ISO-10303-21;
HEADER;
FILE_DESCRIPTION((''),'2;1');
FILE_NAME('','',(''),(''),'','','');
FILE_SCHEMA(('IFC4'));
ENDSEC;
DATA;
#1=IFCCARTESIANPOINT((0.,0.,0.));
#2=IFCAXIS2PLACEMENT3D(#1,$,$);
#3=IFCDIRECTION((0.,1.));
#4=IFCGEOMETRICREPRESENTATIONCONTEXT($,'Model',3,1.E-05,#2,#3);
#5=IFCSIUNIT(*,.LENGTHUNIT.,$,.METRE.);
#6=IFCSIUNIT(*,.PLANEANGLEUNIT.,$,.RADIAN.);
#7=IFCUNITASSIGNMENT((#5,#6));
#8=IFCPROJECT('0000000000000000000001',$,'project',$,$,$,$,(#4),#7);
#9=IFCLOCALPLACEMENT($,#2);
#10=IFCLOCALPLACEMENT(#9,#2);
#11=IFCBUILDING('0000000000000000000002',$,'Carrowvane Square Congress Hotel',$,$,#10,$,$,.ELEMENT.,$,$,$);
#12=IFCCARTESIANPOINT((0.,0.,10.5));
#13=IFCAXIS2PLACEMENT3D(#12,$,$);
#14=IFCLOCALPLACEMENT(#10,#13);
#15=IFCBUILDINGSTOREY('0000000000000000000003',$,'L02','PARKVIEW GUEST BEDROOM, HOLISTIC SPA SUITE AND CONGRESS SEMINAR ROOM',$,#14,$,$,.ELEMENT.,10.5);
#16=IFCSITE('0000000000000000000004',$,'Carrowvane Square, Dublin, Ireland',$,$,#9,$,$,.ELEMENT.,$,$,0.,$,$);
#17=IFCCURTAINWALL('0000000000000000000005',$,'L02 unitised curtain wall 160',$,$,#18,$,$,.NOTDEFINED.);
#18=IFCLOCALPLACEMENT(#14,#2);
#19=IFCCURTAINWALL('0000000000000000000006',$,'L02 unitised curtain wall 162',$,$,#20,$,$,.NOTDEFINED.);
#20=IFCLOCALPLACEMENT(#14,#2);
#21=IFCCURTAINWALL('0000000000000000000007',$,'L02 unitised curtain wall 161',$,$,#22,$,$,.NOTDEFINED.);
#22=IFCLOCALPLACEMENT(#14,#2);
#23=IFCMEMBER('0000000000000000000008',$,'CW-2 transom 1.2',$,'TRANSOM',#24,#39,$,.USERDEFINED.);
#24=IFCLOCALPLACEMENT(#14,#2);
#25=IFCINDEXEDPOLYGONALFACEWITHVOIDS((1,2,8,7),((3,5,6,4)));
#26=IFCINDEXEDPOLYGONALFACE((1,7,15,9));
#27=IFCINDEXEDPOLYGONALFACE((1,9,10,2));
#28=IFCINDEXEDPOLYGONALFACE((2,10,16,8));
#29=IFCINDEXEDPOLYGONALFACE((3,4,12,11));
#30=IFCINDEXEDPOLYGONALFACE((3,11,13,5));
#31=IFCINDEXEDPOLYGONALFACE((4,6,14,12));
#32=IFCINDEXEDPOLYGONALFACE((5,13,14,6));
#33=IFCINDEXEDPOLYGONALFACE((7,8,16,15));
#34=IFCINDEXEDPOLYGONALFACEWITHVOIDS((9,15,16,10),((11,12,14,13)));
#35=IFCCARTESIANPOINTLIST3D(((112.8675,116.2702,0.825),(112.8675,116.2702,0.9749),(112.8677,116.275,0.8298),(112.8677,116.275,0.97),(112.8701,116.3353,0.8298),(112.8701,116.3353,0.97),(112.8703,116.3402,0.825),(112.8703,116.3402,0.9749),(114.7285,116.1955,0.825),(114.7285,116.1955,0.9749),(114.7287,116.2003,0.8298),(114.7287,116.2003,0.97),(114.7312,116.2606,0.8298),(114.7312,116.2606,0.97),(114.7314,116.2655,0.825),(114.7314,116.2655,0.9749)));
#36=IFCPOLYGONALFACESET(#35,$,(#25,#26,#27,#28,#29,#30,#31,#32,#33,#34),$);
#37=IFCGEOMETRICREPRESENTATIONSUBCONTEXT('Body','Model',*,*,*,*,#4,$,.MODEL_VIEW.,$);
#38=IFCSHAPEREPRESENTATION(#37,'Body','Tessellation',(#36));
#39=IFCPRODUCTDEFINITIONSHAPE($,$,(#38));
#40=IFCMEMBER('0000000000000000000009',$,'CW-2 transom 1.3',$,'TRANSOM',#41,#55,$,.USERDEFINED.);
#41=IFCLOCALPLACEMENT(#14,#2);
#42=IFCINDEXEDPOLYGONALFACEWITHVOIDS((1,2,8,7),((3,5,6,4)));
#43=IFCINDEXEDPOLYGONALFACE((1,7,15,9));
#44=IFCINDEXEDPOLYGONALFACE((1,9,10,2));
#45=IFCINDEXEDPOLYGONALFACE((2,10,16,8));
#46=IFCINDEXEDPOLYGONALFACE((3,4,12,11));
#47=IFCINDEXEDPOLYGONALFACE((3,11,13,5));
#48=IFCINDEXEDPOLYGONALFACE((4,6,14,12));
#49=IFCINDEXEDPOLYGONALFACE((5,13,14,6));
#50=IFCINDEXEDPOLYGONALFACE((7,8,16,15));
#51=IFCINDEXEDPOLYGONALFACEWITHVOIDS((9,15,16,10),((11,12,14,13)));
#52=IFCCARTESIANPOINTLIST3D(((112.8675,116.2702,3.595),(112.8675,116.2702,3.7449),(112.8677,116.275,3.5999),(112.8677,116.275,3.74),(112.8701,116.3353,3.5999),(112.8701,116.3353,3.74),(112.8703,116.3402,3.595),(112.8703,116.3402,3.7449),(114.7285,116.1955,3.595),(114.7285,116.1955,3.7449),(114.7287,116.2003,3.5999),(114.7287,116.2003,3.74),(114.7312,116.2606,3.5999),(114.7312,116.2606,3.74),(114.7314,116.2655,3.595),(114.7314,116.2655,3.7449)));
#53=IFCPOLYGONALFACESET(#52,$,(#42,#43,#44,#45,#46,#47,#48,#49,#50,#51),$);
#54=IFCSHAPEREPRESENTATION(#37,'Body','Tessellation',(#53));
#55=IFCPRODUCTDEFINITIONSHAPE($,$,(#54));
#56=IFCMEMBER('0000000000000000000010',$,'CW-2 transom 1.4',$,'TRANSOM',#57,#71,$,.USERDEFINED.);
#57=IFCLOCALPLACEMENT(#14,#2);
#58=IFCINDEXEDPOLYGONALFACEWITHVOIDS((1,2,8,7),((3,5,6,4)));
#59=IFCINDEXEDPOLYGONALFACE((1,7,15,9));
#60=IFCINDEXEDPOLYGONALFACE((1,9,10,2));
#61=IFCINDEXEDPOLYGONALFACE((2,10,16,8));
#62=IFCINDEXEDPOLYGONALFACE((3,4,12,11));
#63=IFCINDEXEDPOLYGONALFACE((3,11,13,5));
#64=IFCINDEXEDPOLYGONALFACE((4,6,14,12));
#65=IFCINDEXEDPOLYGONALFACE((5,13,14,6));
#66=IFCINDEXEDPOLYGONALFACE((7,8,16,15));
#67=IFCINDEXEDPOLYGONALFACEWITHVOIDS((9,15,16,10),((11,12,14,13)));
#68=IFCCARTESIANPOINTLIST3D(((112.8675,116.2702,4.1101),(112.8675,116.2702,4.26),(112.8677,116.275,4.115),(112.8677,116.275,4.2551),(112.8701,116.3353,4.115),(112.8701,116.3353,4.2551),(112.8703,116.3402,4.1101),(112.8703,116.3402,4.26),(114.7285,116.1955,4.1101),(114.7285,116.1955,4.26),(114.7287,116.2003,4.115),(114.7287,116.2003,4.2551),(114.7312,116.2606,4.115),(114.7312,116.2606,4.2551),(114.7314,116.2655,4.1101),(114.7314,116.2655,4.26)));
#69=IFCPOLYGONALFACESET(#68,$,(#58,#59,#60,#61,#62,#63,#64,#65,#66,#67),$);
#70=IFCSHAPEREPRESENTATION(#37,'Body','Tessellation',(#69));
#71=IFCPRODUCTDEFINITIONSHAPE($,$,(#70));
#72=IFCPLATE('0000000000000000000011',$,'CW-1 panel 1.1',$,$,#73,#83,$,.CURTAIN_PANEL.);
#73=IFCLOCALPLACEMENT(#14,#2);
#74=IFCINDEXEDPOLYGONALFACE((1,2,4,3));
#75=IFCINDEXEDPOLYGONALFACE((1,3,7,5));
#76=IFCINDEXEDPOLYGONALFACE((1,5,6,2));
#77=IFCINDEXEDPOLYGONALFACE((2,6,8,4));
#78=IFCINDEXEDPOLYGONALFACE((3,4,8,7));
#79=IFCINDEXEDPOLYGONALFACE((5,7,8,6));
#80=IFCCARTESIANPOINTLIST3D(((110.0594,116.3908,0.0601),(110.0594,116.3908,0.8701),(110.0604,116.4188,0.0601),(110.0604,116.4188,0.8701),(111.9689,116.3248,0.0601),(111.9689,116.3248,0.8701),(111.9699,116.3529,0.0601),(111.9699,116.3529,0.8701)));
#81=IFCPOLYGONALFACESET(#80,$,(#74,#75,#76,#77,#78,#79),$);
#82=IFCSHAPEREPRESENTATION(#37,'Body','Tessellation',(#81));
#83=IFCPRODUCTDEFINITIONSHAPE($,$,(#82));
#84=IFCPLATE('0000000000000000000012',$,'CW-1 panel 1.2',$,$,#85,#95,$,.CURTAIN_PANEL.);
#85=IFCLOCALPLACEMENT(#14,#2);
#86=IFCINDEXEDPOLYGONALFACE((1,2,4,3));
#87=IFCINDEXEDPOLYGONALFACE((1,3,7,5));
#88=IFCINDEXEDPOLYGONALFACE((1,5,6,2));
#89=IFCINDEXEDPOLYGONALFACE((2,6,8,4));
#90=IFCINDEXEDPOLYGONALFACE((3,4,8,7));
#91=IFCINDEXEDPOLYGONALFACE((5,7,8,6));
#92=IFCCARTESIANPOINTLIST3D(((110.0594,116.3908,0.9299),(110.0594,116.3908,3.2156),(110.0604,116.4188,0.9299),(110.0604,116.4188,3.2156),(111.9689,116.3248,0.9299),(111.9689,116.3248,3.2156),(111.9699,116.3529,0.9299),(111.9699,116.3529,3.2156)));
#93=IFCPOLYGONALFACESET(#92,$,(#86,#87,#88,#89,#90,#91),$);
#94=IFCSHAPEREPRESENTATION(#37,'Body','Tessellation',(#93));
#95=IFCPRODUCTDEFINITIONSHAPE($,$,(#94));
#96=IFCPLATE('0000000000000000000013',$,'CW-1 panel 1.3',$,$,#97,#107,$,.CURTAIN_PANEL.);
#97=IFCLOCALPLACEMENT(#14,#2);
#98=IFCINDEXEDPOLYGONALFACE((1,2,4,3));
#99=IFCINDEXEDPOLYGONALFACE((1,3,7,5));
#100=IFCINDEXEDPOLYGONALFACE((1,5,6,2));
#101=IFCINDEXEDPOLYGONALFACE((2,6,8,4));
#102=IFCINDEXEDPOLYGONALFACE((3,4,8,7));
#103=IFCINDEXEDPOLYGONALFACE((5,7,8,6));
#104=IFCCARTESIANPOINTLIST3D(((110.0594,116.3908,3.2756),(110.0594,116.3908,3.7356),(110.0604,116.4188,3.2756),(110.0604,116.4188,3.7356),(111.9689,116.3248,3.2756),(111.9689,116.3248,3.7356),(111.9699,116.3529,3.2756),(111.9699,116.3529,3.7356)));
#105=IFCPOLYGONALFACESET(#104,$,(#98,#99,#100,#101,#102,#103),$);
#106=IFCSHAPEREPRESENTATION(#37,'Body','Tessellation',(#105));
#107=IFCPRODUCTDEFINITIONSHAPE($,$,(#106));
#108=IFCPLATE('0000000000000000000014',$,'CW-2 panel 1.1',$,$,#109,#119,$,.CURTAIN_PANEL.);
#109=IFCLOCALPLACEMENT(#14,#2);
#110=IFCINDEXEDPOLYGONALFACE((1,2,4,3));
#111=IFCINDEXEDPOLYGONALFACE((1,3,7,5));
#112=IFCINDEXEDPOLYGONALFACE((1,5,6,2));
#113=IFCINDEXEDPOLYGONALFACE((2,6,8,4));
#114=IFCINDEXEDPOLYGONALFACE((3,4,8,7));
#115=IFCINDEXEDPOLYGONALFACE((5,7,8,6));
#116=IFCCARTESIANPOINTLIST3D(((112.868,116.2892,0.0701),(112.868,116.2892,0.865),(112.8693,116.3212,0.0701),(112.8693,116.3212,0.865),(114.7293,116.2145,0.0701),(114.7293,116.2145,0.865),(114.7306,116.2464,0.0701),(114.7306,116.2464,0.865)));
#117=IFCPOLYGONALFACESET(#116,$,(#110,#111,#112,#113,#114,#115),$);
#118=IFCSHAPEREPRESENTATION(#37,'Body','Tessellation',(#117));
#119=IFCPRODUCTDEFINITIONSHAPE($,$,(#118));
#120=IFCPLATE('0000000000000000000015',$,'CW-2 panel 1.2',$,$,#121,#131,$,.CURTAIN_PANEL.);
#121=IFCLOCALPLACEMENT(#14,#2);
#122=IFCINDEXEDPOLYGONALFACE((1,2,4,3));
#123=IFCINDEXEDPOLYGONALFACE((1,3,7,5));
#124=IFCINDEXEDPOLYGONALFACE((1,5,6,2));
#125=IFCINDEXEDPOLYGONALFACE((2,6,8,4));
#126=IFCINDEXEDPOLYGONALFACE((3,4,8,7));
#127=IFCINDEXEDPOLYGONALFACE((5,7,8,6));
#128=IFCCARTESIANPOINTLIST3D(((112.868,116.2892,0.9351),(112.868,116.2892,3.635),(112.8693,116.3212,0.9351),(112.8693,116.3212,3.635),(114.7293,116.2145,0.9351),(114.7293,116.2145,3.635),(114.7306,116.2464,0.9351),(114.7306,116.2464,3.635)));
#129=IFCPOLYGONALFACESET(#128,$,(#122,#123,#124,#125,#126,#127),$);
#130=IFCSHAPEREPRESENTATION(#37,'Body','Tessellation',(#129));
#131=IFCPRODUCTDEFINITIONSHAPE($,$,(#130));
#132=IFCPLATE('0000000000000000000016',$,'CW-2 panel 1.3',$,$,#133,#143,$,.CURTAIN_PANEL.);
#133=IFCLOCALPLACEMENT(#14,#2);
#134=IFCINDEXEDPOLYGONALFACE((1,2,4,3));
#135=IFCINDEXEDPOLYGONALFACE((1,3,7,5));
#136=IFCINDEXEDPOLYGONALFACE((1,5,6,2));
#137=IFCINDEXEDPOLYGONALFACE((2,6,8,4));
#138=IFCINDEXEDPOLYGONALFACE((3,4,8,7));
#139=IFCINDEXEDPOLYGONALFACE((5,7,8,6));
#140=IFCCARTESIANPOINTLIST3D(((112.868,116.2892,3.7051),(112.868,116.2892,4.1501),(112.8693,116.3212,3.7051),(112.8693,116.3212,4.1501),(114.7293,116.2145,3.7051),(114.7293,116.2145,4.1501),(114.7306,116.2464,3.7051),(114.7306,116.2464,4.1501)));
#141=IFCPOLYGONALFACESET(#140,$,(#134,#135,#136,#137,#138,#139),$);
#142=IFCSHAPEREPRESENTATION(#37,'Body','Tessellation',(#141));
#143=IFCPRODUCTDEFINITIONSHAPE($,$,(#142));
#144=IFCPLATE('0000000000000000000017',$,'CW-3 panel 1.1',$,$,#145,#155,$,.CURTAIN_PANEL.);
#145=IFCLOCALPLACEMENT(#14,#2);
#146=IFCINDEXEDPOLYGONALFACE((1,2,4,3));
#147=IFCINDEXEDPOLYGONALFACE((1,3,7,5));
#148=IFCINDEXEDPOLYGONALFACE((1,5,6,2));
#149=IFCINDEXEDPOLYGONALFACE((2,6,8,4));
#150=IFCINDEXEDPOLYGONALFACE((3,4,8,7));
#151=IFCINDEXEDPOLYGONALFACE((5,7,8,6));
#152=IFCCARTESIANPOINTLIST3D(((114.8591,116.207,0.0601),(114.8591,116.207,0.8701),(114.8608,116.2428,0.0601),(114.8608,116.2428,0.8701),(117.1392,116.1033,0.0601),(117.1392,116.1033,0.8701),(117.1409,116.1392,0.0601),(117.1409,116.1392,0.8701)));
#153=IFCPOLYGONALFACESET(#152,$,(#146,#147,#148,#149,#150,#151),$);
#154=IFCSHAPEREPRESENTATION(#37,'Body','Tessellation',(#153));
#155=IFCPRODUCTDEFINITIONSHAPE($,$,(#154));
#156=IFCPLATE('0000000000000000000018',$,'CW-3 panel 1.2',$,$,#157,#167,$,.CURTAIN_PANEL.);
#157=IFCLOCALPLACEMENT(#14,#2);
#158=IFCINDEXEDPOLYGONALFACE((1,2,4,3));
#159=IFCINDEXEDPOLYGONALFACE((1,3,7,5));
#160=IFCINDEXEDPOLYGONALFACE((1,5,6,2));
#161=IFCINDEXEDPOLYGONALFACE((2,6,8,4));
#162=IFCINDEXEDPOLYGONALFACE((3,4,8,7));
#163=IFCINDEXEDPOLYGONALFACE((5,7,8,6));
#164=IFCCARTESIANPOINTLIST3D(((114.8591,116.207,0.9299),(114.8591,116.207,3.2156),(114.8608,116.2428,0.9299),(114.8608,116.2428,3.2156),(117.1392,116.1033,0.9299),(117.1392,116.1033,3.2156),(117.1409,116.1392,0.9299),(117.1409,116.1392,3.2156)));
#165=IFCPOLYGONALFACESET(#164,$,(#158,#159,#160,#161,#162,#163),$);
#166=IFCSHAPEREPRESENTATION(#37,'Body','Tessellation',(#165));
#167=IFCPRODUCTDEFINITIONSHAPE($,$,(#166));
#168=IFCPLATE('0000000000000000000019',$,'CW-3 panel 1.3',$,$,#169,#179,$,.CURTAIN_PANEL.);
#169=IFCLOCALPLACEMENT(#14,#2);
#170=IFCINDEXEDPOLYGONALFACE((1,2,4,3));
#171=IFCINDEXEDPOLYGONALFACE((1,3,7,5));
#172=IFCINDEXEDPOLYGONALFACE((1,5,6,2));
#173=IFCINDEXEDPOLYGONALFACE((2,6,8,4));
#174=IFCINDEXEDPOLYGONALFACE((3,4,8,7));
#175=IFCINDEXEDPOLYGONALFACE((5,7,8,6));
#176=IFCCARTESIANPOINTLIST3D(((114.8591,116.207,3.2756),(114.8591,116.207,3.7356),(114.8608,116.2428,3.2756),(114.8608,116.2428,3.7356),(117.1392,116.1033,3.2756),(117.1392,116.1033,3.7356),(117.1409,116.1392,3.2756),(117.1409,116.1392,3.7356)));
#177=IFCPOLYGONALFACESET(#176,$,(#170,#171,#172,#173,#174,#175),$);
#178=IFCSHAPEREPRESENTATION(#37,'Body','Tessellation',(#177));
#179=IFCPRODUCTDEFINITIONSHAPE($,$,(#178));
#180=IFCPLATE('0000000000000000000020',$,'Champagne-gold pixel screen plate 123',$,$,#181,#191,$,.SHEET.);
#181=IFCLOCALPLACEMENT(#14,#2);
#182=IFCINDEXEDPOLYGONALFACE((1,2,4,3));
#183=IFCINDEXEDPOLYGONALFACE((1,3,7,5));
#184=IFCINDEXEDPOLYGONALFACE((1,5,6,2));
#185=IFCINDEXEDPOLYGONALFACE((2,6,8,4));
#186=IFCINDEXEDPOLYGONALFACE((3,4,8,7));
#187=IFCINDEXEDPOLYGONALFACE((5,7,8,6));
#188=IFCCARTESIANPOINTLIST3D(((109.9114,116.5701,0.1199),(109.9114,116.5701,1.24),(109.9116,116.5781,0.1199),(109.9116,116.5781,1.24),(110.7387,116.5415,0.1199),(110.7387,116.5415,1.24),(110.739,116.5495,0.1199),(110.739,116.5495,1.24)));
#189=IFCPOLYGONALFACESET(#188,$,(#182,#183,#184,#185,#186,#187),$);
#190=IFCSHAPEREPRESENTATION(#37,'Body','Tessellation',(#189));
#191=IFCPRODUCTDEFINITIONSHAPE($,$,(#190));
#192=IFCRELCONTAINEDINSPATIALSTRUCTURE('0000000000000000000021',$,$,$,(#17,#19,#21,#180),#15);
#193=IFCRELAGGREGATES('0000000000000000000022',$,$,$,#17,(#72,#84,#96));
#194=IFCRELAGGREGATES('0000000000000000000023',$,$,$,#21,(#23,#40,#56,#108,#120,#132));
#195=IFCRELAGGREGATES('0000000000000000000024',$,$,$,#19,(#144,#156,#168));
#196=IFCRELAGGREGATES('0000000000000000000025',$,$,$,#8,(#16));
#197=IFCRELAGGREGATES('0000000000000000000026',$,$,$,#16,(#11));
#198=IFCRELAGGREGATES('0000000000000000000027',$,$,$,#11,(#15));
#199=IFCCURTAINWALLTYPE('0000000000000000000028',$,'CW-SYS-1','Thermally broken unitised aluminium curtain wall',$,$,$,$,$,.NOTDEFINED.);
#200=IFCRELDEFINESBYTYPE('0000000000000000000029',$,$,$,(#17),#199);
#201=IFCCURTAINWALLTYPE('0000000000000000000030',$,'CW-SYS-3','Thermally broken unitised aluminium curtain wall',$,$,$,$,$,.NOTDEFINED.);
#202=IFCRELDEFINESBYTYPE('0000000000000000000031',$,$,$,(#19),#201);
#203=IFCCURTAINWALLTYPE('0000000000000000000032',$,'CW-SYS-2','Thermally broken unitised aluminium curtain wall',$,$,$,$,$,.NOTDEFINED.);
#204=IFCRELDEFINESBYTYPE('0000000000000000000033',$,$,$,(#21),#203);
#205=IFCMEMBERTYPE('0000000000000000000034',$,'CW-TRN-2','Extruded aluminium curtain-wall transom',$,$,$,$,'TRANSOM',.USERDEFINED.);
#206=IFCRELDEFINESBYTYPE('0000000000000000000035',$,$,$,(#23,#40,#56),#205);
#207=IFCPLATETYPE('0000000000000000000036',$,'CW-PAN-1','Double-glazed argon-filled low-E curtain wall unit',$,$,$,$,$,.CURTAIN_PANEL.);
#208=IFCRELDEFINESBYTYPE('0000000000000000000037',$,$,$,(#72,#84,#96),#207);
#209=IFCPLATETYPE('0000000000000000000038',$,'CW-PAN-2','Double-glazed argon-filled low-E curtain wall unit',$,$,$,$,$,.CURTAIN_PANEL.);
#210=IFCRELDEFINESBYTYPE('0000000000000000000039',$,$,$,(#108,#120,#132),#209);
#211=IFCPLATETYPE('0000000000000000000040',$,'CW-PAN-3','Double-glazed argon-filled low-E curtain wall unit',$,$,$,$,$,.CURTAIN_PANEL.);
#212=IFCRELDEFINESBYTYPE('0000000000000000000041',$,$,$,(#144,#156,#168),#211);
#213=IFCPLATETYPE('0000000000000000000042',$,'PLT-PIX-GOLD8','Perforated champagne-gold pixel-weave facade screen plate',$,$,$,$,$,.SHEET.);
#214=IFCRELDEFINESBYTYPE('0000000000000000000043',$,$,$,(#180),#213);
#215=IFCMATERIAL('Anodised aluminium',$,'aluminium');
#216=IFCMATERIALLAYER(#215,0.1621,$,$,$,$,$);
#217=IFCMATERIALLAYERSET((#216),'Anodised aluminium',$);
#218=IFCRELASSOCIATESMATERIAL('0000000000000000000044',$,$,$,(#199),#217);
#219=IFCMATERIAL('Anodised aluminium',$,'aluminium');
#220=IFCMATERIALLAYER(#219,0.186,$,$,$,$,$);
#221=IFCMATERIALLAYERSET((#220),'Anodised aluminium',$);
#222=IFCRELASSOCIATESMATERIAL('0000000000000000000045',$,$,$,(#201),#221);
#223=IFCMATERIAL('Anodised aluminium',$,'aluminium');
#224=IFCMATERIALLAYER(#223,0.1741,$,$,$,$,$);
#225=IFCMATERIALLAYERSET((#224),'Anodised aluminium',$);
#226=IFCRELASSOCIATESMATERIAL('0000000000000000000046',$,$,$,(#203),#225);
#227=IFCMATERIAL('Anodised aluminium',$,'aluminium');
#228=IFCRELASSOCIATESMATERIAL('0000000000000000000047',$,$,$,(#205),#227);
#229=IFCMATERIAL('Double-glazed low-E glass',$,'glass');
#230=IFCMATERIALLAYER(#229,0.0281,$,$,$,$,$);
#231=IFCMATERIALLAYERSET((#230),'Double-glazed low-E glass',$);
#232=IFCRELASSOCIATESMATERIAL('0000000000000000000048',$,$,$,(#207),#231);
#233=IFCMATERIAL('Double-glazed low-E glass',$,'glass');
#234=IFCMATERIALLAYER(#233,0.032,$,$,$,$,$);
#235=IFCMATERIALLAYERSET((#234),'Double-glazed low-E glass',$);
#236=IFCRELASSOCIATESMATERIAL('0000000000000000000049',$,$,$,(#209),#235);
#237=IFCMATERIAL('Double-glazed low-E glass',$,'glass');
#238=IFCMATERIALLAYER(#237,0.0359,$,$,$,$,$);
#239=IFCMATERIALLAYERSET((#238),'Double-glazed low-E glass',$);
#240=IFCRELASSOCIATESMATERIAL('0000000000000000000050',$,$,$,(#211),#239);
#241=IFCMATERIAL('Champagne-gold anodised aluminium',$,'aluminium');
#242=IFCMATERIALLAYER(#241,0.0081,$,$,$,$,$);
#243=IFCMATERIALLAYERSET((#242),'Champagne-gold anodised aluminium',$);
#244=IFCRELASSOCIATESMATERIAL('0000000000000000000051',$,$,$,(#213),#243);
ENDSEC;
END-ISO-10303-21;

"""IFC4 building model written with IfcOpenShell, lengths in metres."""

from ifc_helpers import new_model, si_unit, direction, frame, origin, origin_2d, place, context, subcontext, project, spatial, rectangle, hollow_rectangle, extrude, material, layer, layer_set, material_profile, profile_set, type_object, element, aggregate, save


model = new_model("IFC4")

# Units and contexts
model_context = context("Model", 3, precision=1e-05, world=origin(), true_north=direction((0.0, 1.0)))
body_context = subcontext(model_context, "Body", "Model", "MODEL_VIEW")
ifc_project = project(units=[si_unit("LENGTHUNIT", "METRE"), si_unit("PLANEANGLEUNIT", "RADIAN")], contexts=[model_context])

# Site, building, storey
site_placement = place(None, origin())
site = spatial("IfcSite", under=ifc_project, at=site_placement, Name="Carrowvane Square, Dublin, Ireland", CompositionType="ELEMENT", RefElevation=0.0)
building_placement = place(site_placement, origin())
building = spatial("IfcBuilding", under=site, at=building_placement, Name="Carrowvane Square Congress Hotel", CompositionType="ELEMENT")
storey_placement = place(building_placement, frame((0.0, 0.0, 10.5)))
storey = spatial("IfcBuildingStorey", under=building, at=storey_placement, Name="L02", Description="PARKVIEW GUEST BEDROOM, HOLISTIC SPA SUITE AND CONGRESS SEMINAR ROOM", CompositionType="ELEMENT", Elevation=10.5)

# Curtain walls
ifc_material_1 = material(Name="Anodised aluminium", Category="aluminium")
ifc_layer_1 = layer(ifc_material_1, 0.1621)
ifc_layer_set_1 = layer_set([ifc_layer_1], Name="Anodised aluminium")
curtain_wall_type_1 = type_object("IfcCurtainWallType", Name="CW-SYS-1", Description="Thermally broken unitised aluminium curtain wall", PredefinedType="NOTDEFINED", material=ifc_layer_set_1)
curtain_wall_1_placement = place(storey_placement, origin())
curtain_wall_1 = element("IfcCurtainWall", 1, at=curtain_wall_1_placement, inside=storey, type_object=curtain_wall_type_1, Name="L02 unitised curtain wall 160", PredefinedType="NOTDEFINED")
ifc_material_2 = material(Name="Anodised aluminium", Category="aluminium")
ifc_layer_2 = layer(ifc_material_2, 0.186)
ifc_layer_set_2 = layer_set([ifc_layer_2], Name="Anodised aluminium")
curtain_wall_type_2 = type_object("IfcCurtainWallType", Name="CW-SYS-3", Description="Thermally broken unitised aluminium curtain wall", PredefinedType="NOTDEFINED", material=ifc_layer_set_2)
curtain_wall_2_placement = place(storey_placement, origin())
curtain_wall_2 = element("IfcCurtainWall", 2, at=curtain_wall_2_placement, inside=storey, type_object=curtain_wall_type_2, Name="L02 unitised curtain wall 162", PredefinedType="NOTDEFINED")

# Curtain wall
ifc_material_3 = material(Name="Anodised aluminium", Category="aluminium")
ifc_layer_3 = layer(ifc_material_3, 0.1741)
ifc_layer_set_3 = layer_set([ifc_layer_3], Name="Anodised aluminium")
curtain_wall_type_3 = type_object("IfcCurtainWallType", Name="CW-SYS-2", Description="Thermally broken unitised aluminium curtain wall", PredefinedType="NOTDEFINED", material=ifc_layer_set_3)
curtain_wall_3_placement = place(storey_placement, origin())
curtain_wall_3 = element("IfcCurtainWall", 3, at=curtain_wall_3_placement, inside=storey, type_object=curtain_wall_type_3, Name="L02 unitised curtain wall 161", PredefinedType="NOTDEFINED")

# Members
ifc_material_4 = material(Name="Anodised aluminium", Category="aluminium")
ifc_material_profile_1 = material_profile(ifc_material_4, hollow_rectangle(XDim=0.0701, YDim=0.1499, WallThickness=0.0049, at=origin_2d()), Name="CW-TR 70x150x5")
ifc_profile_set_1 = profile_set([ifc_material_profile_1], Name="Anodised aluminium")
member_type_1 = type_object("IfcMemberType", Name="CW-TRN-2", Description="Extruded aluminium curtain-wall transom", ElementType="TRANSOM", PredefinedType="USERDEFINED", material=ifc_profile_set_1)
member_1_placement = place(storey_placement, frame((112.8689, 116.3052, 0.8999), z_axis=(0.999195, -0.040109, 0.0), x_axis=(0.040109, 0.999195, 0.0)))
member_1 = element("IfcMember", 4, at=member_1_placement, type_object=member_type_1, Name="CW-2 transom 1.2", ObjectType="TRANSOM", PredefinedType="USERDEFINED", context=body_context, shape_type="SweptSolid", body=[
    extrude(hollow_rectangle(XDim=0.0701, YDim=0.1499, WallThickness=0.0049, at=origin_2d()), origin(), (0.0, 0.0, 1.0), 1.8625),
])
member_2_placement = place(storey_placement, frame((112.8689, 116.3052, 3.6699), z_axis=(0.999195, -0.040109, 0.0), x_axis=(0.040109, 0.999195, 0.0)))
member_2 = element("IfcMember", 5, at=member_2_placement, type_object=member_type_1, Name="CW-2 transom 1.3", ObjectType="TRANSOM", PredefinedType="USERDEFINED", context=body_context, shape_type="SweptSolid", body=[
    extrude(hollow_rectangle(XDim=0.0701, YDim=0.1499, WallThickness=0.0049, at=origin_2d()), origin(), (0.0, 0.0, 1.0), 1.8625),
])
member_3_placement = place(storey_placement, frame((112.8689, 116.3052, 4.1851), z_axis=(0.999195, -0.040109, 0.0), x_axis=(0.040109, 0.999195, 0.0)))
member_3 = element("IfcMember", 6, at=member_3_placement, type_object=member_type_1, Name="CW-2 transom 1.4", ObjectType="TRANSOM", PredefinedType="USERDEFINED", context=body_context, shape_type="SweptSolid", body=[
    extrude(hollow_rectangle(XDim=0.0701, YDim=0.1499, WallThickness=0.0049, at=origin_2d()), origin(), (0.0, 0.0, 1.0), 1.8625),
])

# Plates
ifc_material_5 = material(Name="Double-glazed low-E glass", Category="glass")
ifc_layer_4 = layer(ifc_material_5, 0.0281)
ifc_layer_set_4 = layer_set([ifc_layer_4], Name="Double-glazed low-E glass")
plate_type_1 = type_object("IfcPlateType", Name="CW-PAN-1", Description="Double-glazed argon-filled low-E curtain wall unit", PredefinedType="CURTAIN_PANEL", material=ifc_layer_set_4)
plate_1_placement = place(storey_placement, frame((111.0146, 116.3718, 0.0601), z_axis=(0.0, 0.0, 1.0), x_axis=(0.999404, -0.03453, 0.0)))
plate_1 = element("IfcPlate", 7, at=plate_1_placement, type_object=plate_type_1, Name="CW-1 panel 1.1", PredefinedType="CURTAIN_PANEL", context=body_context, shape_type="SweptSolid", body=[
    extrude(rectangle(XDim=1.9106, YDim=0.0281, at=origin_2d()), origin(), (0.0, 0.0, 1.0), 0.8101),
])
plate_2_placement = place(storey_placement, frame((111.0146, 116.3718, 0.9299), z_axis=(0.0, 0.0, 1.0), x_axis=(0.999404, -0.03453, 0.0)))
plate_2 = element("IfcPlate", 8, at=plate_2_placement, type_object=plate_type_1, Name="CW-1 panel 1.2", PredefinedType="CURTAIN_PANEL", context=body_context, shape_type="SweptSolid", body=[
    extrude(rectangle(XDim=1.9106, YDim=0.0281, at=origin_2d()), origin(), (0.0, 0.0, 1.0), 2.2856),
])
plate_3_placement = place(storey_placement, frame((111.0146, 116.3718, 3.2756), z_axis=(0.0, 0.0, 1.0), x_axis=(0.999404, -0.03453, 0.0)))
plate_3 = element("IfcPlate", 9, at=plate_3_placement, type_object=plate_type_1, Name="CW-1 panel 1.3", PredefinedType="CURTAIN_PANEL", context=body_context, shape_type="SweptSolid", body=[
    extrude(rectangle(XDim=1.9106, YDim=0.0281, at=origin_2d()), origin(), (0.0, 0.0, 1.0), 0.46),
])
aggregate(curtain_wall_1, [plate_1, plate_2, plate_3])
ifc_material_6 = material(Name="Double-glazed low-E glass", Category="glass")
ifc_layer_5 = layer(ifc_material_6, 0.032)
ifc_layer_set_5 = layer_set([ifc_layer_5], Name="Double-glazed low-E glass")
plate_type_2 = type_object("IfcPlateType", Name="CW-PAN-2", Description="Double-glazed argon-filled low-E curtain wall unit", PredefinedType="CURTAIN_PANEL", material=ifc_layer_set_5)
plate_4_placement = place(storey_placement, frame((113.7993, 116.2678, 0.0701), z_axis=(0.0, 0.0, 1.0), x_axis=(0.999194, -0.040131, 0.0)))
plate_4 = element("IfcPlate", 10, at=plate_4_placement, type_object=plate_type_2, Name="CW-2 panel 1.1", PredefinedType="CURTAIN_PANEL", context=body_context, shape_type="SweptSolid", body=[
    extrude(rectangle(XDim=1.8628, YDim=0.032, at=origin_2d()), origin(), (0.0, 0.0, 1.0), 0.7949),
])
plate_5_placement = place(storey_placement, frame((113.7993, 116.2678, 0.9351), z_axis=(0.0, 0.0, 1.0), x_axis=(0.999194, -0.040131, 0.0)))
plate_5 = element("IfcPlate", 11, at=plate_5_placement, type_object=plate_type_2, Name="CW-2 panel 1.2", PredefinedType="CURTAIN_PANEL", context=body_context, shape_type="SweptSolid", body=[
    extrude(rectangle(XDim=1.8628, YDim=0.032, at=origin_2d()), origin(), (0.0, 0.0, 1.0), 2.7),
])
plate_6_placement = place(storey_placement, frame((113.7993, 116.2678, 3.7051), z_axis=(0.0, 0.0, 1.0), x_axis=(0.999194, -0.040131, 0.0)))
plate_6 = element("IfcPlate", 12, at=plate_6_placement, type_object=plate_type_2, Name="CW-2 panel 1.3", PredefinedType="CURTAIN_PANEL", context=body_context, shape_type="SweptSolid", body=[
    extrude(rectangle(XDim=1.8628, YDim=0.032, at=origin_2d()), origin(), (0.0, 0.0, 1.0), 0.4451),
])
aggregate(curtain_wall_3, [member_1, member_2, member_3, plate_4, plate_5, plate_6])
ifc_material_7 = material(Name="Double-glazed low-E glass", Category="glass")
ifc_layer_6 = layer(ifc_material_7, 0.0359)
ifc_layer_set_6 = layer_set([ifc_layer_6], Name="Double-glazed low-E glass")
plate_type_3 = type_object("IfcPlateType", Name="CW-PAN-3", Description="Double-glazed argon-filled low-E curtain wall unit", PredefinedType="CURTAIN_PANEL", material=ifc_layer_set_6)
plate_7_placement = place(storey_placement, frame((116.0, 116.1731, 0.0601), z_axis=(0.0, 0.0, 1.0), x_axis=(0.998968, -0.045411, 0.0)))
plate_7 = element("IfcPlate", 13, at=plate_7_placement, type_object=plate_type_3, Name="CW-3 panel 1.1", PredefinedType="CURTAIN_PANEL", context=body_context, shape_type="SweptSolid", body=[
    extrude(rectangle(XDim=2.2825, YDim=0.0359, at=origin_2d()), origin(), (0.0, 0.0, 1.0), 0.8101),
])
plate_8_placement = place(storey_placement, frame((116.0, 116.1731, 0.9299), z_axis=(0.0, 0.0, 1.0), x_axis=(0.998968, -0.045411, 0.0)))
plate_8 = element("IfcPlate", 14, at=plate_8_placement, type_object=plate_type_3, Name="CW-3 panel 1.2", PredefinedType="CURTAIN_PANEL", context=body_context, shape_type="SweptSolid", body=[
    extrude(rectangle(XDim=2.2825, YDim=0.0359, at=origin_2d()), origin(), (0.0, 0.0, 1.0), 2.2856),
])
plate_9_placement = place(storey_placement, frame((116.0, 116.1731, 3.2756), z_axis=(0.0, 0.0, 1.0), x_axis=(0.998968, -0.045411, 0.0)))
plate_9 = element("IfcPlate", 15, at=plate_9_placement, type_object=plate_type_3, Name="CW-3 panel 1.3", PredefinedType="CURTAIN_PANEL", context=body_context, shape_type="SweptSolid", body=[
    extrude(rectangle(XDim=2.2825, YDim=0.0359, at=origin_2d()), origin(), (0.0, 0.0, 1.0), 0.46),
])
aggregate(curtain_wall_2, [plate_7, plate_8, plate_9])
ifc_material_8 = material(Name="Champagne-gold anodised aluminium", Category="aluminium")
ifc_layer_7 = layer(ifc_material_8, 0.0081)
ifc_layer_set_7 = layer_set([ifc_layer_7], Name="Champagne-gold anodised aluminium")
plate_type_4 = type_object("IfcPlateType", Name="PLT-PIX-GOLD8", Description="Perforated champagne-gold pixel-weave facade screen plate", PredefinedType="SHEET", material=ifc_layer_set_7)
plate_10_placement = place(storey_placement, frame((110.3252, 116.5598, 0.1199), z_axis=(0.0, 0.0, 1.0), x_axis=(0.999404, -0.034527, 0.0)))
element("IfcPlate", 16, at=plate_10_placement, inside=storey, type_object=plate_type_4, Name="Champagne-gold pixel screen plate 123", PredefinedType="SHEET", context=body_context, shape_type="SweptSolid", body=[
    extrude(rectangle(XDim=0.8279, YDim=0.0081, at=origin_2d()), origin(), (0.0, 0.0, 1.0), 1.1201),
])

save(model, "model.ifc")
